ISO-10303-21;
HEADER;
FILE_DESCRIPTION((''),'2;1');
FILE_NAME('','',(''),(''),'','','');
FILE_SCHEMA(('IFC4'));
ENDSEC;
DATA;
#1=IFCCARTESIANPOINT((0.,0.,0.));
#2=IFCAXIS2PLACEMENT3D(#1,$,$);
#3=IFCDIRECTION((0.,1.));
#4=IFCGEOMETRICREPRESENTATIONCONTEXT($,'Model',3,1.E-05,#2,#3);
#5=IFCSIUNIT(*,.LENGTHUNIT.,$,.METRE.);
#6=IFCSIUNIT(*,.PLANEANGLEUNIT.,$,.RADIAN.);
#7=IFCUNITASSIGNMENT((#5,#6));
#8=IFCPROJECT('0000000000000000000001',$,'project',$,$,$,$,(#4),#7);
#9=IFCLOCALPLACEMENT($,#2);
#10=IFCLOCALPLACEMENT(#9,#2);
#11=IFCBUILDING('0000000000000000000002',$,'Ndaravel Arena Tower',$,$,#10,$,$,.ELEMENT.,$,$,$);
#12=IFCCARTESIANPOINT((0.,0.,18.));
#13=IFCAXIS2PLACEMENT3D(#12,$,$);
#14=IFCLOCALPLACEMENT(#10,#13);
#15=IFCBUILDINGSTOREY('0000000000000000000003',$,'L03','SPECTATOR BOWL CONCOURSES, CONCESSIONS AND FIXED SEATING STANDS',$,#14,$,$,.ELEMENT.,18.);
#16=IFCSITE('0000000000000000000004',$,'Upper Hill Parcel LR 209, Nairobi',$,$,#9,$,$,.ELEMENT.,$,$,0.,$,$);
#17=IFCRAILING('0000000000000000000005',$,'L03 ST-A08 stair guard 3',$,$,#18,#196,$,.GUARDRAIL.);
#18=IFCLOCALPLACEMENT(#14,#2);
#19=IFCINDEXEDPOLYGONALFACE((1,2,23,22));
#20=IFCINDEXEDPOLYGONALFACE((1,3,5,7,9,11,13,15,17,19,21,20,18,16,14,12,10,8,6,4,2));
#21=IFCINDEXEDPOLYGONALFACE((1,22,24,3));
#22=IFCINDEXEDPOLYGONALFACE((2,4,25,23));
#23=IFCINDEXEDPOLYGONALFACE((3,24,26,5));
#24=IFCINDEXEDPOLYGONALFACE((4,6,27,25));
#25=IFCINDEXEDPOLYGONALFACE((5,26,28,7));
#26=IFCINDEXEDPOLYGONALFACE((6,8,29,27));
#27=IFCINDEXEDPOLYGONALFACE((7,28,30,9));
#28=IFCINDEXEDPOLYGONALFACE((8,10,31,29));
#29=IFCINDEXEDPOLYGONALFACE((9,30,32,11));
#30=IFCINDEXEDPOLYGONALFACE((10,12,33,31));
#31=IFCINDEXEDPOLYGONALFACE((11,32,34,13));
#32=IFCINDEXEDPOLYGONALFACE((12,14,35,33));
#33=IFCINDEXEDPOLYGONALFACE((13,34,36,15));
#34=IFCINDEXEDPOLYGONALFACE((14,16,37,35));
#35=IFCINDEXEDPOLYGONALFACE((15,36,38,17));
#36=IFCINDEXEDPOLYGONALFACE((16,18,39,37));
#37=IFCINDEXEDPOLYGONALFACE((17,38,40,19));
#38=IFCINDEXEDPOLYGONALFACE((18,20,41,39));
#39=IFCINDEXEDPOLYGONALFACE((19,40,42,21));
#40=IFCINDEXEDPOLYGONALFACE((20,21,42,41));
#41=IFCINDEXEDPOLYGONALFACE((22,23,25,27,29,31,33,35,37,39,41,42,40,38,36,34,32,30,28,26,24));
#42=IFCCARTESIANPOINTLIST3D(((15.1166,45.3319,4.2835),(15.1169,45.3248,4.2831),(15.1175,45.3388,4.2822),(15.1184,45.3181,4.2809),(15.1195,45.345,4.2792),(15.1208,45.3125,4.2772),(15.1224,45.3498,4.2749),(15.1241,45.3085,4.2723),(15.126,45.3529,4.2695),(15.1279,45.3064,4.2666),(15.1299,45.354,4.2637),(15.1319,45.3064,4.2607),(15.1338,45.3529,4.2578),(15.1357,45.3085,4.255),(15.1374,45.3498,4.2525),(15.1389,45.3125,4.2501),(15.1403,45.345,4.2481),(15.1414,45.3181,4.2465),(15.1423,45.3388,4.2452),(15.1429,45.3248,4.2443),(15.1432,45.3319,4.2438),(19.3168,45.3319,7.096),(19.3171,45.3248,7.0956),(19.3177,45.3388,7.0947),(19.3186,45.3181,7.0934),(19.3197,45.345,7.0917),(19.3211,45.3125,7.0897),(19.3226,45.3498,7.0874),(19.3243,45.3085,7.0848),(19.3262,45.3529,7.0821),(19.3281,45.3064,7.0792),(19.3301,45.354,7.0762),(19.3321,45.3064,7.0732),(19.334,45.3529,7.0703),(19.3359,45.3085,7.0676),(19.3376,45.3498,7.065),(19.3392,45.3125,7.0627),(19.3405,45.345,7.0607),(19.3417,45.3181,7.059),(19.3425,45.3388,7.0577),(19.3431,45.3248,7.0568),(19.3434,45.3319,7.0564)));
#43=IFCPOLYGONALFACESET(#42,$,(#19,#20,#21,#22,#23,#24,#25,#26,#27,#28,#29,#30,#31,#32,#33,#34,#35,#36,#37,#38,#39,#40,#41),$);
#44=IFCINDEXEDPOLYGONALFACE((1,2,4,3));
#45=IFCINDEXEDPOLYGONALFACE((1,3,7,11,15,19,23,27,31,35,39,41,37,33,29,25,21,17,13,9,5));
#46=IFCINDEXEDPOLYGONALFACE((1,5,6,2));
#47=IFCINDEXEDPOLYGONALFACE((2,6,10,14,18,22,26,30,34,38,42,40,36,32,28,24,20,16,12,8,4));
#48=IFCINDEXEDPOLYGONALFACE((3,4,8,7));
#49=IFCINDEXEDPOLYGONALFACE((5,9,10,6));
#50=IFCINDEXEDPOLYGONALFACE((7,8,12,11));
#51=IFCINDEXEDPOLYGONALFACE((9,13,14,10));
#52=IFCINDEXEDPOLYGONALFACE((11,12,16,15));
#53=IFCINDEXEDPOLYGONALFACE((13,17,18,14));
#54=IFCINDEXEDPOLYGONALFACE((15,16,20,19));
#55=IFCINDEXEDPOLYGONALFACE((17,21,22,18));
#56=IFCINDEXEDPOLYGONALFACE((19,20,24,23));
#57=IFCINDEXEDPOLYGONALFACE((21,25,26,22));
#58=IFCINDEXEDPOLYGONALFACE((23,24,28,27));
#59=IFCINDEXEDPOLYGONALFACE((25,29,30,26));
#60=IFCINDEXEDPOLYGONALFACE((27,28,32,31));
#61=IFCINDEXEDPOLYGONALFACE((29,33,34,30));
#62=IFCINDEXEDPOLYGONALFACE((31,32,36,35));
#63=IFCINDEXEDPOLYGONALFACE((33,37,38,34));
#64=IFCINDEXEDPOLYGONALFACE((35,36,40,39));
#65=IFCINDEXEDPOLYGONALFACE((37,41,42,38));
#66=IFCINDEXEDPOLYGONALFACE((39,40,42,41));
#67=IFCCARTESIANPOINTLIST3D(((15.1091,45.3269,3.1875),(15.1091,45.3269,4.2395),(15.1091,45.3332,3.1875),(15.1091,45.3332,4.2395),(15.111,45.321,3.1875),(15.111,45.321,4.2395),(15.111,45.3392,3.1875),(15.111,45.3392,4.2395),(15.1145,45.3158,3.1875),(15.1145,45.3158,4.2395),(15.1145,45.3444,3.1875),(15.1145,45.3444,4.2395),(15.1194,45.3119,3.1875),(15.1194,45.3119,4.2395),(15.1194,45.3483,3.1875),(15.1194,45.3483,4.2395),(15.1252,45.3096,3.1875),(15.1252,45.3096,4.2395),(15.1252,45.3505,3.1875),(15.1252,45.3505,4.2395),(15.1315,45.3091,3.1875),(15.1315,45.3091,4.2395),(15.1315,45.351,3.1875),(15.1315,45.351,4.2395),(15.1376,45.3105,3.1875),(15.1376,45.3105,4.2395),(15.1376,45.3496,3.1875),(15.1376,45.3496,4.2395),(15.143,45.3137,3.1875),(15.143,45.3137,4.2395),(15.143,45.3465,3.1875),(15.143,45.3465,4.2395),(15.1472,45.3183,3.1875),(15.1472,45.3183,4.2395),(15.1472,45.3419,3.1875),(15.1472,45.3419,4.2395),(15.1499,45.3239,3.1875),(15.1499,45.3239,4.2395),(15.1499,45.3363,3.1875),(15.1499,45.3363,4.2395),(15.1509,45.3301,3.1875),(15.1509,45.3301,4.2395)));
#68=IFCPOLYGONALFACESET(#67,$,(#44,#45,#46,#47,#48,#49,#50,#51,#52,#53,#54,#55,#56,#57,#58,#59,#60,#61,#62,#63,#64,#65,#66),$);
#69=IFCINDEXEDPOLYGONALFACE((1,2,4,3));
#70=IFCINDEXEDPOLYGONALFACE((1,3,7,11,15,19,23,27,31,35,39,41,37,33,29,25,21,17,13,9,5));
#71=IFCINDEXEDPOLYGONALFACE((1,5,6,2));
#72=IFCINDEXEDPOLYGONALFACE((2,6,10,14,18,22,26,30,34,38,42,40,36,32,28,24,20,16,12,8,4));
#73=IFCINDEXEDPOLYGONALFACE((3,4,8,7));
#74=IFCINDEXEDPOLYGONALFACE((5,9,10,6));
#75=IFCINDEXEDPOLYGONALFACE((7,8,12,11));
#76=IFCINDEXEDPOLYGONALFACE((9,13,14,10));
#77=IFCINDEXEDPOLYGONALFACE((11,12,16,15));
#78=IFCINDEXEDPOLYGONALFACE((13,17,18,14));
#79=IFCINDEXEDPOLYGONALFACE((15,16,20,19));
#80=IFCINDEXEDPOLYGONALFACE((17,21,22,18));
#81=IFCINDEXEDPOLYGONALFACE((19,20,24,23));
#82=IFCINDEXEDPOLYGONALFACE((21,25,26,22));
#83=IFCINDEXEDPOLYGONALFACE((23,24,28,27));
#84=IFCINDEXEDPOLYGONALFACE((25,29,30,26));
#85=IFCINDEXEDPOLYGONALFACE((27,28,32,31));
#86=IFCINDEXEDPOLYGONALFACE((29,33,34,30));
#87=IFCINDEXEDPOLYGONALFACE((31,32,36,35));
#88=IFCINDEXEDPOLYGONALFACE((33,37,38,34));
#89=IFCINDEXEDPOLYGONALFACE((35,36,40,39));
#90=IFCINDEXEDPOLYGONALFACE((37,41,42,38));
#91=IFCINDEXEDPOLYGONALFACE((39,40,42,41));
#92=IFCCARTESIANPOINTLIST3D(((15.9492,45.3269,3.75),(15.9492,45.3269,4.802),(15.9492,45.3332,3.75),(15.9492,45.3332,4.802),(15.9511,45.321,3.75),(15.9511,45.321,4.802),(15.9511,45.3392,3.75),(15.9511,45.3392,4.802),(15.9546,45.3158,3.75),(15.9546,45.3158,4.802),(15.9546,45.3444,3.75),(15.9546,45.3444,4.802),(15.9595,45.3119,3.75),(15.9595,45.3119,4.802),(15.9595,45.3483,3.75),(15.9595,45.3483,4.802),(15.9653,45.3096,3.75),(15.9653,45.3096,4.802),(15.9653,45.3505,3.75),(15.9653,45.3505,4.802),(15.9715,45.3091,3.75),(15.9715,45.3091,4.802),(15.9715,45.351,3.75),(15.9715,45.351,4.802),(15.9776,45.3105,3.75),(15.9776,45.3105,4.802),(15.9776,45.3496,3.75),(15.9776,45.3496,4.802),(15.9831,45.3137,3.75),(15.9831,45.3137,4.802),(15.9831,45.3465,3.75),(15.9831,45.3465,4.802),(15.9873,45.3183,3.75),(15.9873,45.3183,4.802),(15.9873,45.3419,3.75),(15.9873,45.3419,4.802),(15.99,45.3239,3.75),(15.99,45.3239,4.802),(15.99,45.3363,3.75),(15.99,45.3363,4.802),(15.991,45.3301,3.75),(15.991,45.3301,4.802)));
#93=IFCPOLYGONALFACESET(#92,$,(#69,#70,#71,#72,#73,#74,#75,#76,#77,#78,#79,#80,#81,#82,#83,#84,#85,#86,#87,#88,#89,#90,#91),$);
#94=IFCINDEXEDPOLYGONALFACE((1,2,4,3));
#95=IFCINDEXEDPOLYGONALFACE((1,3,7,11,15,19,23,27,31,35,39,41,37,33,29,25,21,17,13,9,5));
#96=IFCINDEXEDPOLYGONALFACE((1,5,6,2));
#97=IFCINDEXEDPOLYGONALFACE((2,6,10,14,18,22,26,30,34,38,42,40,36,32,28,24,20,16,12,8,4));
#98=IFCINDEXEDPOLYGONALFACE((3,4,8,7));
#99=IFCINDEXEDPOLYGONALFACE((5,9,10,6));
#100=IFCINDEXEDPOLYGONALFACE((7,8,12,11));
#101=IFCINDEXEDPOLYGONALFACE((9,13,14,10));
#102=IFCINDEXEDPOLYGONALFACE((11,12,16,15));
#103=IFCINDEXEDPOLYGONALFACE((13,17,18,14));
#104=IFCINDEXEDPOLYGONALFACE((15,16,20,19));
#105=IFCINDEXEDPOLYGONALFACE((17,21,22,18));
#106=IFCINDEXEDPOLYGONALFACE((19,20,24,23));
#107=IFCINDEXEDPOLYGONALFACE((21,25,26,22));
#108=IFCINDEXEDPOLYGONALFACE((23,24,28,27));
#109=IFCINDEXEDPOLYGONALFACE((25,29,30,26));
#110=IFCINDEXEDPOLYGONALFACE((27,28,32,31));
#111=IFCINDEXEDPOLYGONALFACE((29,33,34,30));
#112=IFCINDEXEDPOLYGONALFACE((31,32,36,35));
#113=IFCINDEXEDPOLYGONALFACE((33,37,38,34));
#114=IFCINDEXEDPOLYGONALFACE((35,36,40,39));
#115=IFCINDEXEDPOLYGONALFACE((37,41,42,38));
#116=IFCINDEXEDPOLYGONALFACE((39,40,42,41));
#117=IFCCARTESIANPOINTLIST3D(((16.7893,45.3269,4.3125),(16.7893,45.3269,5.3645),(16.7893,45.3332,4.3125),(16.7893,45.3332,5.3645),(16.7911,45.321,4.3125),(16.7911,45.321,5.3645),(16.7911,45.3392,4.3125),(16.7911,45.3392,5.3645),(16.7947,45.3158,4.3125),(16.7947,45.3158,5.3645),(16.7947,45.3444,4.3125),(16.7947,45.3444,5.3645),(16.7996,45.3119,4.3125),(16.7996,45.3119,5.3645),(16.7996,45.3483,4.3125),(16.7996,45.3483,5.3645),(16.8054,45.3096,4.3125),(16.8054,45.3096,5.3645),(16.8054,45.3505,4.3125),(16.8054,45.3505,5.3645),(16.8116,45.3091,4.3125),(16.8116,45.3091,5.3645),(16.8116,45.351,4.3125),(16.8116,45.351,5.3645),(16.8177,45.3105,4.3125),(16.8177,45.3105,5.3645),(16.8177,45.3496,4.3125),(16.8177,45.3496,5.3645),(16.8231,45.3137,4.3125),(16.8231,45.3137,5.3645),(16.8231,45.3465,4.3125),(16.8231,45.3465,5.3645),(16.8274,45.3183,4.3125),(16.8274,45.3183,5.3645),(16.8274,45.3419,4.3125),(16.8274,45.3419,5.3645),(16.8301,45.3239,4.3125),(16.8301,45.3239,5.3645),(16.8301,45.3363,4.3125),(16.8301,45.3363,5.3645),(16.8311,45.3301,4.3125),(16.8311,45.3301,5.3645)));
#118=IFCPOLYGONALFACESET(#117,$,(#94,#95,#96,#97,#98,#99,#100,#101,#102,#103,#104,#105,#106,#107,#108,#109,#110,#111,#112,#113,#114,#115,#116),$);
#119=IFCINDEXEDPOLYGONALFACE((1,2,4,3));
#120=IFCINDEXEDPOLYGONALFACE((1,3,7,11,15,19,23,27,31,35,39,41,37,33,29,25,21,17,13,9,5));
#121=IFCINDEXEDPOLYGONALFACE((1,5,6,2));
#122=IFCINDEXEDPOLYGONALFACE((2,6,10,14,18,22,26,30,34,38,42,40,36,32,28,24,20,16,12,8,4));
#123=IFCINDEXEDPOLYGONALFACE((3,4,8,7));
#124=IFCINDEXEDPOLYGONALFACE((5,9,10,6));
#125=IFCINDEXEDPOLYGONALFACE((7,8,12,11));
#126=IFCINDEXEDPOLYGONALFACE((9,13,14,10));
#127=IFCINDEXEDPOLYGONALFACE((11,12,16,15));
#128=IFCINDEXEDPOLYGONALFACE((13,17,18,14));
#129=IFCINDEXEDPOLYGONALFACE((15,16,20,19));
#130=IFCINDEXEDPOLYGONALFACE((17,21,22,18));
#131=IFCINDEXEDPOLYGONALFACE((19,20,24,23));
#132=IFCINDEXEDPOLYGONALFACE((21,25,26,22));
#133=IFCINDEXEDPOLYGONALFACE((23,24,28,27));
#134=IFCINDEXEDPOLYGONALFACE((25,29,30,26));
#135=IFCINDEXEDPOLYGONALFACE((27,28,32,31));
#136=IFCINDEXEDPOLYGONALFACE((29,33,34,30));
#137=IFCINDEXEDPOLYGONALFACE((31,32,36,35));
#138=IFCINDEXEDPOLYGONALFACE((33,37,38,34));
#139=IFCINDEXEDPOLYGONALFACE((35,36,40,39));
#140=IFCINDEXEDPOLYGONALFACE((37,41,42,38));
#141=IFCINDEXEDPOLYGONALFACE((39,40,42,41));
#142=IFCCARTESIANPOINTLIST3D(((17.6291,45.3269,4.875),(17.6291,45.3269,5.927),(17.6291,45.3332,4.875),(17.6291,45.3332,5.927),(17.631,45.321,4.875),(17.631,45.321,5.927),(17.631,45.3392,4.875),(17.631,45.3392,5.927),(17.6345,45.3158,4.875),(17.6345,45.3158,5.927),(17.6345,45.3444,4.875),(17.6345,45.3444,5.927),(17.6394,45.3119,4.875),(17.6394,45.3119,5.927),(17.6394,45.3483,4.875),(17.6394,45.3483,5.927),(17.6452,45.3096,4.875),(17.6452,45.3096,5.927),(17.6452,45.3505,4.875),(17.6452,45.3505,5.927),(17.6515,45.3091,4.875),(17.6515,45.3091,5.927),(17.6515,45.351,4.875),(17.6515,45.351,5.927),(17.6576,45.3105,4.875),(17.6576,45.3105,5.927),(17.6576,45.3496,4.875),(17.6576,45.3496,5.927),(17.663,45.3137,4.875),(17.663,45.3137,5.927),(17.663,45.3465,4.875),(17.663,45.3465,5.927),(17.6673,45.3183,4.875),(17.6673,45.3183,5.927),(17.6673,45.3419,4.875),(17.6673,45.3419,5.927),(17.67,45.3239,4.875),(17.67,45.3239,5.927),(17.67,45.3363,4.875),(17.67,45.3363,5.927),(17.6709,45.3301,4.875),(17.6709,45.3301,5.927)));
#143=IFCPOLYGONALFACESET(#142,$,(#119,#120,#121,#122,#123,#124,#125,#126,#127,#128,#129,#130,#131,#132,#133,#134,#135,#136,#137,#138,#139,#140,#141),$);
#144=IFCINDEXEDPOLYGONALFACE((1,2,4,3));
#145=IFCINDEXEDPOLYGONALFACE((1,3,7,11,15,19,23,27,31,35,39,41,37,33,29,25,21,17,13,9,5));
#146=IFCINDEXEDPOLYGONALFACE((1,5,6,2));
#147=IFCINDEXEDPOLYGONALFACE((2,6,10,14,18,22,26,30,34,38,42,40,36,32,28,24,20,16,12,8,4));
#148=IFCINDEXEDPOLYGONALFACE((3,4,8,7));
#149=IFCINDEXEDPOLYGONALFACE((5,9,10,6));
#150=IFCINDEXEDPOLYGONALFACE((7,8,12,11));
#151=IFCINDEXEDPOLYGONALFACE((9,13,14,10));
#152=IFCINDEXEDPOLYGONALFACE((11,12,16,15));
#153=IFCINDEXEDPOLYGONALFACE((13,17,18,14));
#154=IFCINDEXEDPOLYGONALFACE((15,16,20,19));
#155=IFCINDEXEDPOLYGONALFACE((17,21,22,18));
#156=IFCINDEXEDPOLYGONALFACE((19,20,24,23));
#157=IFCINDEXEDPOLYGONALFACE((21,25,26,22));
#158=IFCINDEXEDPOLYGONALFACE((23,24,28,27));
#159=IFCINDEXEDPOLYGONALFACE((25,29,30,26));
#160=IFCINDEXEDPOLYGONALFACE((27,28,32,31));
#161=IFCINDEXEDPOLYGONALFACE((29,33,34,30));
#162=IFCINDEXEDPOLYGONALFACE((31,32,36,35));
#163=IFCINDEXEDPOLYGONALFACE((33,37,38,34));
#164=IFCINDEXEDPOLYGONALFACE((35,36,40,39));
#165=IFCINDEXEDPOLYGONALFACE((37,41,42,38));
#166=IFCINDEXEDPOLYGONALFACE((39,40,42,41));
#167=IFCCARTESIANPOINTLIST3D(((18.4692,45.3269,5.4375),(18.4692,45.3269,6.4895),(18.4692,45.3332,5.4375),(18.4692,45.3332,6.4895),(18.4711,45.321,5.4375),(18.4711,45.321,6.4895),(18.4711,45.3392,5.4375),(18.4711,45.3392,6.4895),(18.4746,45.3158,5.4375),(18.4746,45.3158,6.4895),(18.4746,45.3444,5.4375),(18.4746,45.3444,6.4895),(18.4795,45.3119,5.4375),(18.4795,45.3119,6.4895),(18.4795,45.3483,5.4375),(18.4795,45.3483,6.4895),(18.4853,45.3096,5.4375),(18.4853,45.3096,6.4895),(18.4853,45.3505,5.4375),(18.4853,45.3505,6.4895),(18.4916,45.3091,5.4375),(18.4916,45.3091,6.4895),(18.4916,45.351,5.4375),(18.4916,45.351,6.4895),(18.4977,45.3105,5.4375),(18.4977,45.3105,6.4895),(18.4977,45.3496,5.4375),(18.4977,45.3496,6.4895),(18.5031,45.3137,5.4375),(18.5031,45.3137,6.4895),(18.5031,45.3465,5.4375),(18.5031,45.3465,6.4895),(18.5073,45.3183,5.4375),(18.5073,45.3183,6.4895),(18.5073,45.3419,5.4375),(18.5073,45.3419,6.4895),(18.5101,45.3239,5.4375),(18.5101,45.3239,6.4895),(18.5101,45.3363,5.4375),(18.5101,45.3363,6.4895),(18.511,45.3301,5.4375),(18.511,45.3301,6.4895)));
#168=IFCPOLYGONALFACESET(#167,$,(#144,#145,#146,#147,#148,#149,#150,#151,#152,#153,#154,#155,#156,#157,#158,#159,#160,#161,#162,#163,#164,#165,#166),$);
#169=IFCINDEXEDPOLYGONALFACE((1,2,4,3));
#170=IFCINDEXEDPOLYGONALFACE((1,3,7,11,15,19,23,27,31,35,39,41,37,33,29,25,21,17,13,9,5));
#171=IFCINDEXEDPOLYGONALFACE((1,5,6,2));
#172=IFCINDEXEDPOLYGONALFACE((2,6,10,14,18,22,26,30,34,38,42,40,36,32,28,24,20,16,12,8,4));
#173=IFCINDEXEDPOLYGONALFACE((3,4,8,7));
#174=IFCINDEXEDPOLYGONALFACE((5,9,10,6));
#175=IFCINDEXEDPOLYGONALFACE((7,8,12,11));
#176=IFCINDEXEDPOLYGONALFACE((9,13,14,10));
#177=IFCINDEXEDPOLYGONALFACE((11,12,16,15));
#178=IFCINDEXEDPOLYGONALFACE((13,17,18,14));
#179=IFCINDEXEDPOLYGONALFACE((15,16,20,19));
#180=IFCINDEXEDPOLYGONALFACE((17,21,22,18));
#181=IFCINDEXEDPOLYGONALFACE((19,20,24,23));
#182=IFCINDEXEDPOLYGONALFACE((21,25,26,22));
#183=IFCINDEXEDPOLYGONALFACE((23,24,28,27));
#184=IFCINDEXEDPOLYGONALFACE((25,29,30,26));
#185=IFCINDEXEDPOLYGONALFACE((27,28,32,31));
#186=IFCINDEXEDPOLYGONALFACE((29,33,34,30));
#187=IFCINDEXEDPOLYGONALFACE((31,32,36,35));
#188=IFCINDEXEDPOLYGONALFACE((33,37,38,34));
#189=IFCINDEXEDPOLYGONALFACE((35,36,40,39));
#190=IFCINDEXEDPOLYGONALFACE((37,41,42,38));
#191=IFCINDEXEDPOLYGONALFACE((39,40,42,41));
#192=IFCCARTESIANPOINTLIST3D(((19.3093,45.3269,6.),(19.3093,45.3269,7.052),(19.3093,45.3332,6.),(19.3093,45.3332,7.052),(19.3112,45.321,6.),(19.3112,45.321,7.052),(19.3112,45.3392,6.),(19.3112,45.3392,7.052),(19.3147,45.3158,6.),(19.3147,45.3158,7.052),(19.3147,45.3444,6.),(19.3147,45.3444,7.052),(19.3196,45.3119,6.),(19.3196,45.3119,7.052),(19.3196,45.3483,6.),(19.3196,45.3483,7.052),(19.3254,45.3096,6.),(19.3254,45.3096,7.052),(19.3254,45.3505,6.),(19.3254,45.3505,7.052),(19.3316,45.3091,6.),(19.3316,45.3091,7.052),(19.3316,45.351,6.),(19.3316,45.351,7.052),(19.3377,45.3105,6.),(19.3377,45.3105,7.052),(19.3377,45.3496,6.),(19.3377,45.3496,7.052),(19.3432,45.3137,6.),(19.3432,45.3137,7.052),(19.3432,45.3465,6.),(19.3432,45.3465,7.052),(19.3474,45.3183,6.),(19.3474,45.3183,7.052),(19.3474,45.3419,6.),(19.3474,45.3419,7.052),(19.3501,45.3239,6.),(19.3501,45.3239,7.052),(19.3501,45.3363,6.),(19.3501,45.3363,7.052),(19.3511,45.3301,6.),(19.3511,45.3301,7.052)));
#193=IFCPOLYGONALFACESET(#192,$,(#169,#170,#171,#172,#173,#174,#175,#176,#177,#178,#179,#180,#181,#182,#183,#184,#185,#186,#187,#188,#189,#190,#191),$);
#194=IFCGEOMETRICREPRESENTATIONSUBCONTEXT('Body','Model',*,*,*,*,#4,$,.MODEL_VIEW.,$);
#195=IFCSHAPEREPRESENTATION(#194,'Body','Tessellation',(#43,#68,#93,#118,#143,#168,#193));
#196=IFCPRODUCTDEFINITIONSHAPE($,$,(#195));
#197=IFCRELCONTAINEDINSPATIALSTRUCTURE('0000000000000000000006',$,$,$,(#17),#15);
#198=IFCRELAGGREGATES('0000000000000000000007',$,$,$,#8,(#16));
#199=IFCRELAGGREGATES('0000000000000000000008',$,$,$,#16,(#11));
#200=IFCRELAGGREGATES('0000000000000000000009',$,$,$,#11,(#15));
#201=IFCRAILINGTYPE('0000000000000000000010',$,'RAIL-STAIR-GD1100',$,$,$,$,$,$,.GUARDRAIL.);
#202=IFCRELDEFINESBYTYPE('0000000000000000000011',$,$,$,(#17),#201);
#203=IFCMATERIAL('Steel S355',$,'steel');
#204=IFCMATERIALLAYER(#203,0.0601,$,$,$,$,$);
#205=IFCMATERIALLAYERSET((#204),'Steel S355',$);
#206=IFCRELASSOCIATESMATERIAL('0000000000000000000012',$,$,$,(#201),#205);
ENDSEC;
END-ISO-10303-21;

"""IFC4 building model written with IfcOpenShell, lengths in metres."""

from ifc_helpers import new_model, si_unit, direction, frame, origin, origin_2d, place, context, subcontext, project, spatial, circle, extrude, material, layer, layer_set, type_object, element, save


model = new_model("IFC4")

# Units and contexts
model_context = context("Model", 3, precision=1e-05, world=origin(), true_north=direction((0.0, 1.0)))
body_context = subcontext(model_context, "Body", "Model", "MODEL_VIEW")
ifc_project = project(units=[si_unit("LENGTHUNIT", "METRE"), si_unit("PLANEANGLEUNIT", "RADIAN")], contexts=[model_context])

# Site, building, storey
site_placement = place(None, origin())
site = spatial("IfcSite", under=ifc_project, at=site_placement, Name="Upper Hill Parcel LR 209, Nairobi", CompositionType="ELEMENT", RefElevation=0.0)
building_placement = place(site_placement, origin())
building = spatial("IfcBuilding", under=site, at=building_placement, Name="Ndaravel Arena Tower", CompositionType="ELEMENT")
storey_placement = place(building_placement, frame((0.0, 0.0, 18.0)))
storey = spatial("IfcBuildingStorey", under=building, at=storey_placement, Name="L03", Description="SPECTATOR BOWL CONCOURSES, CONCESSIONS AND FIXED SEATING STANDS", CompositionType="ELEMENT", Elevation=18.0)

# Railing
ifc_material_1 = material(Name="Steel S355", Category="steel")
ifc_layer_1 = layer(ifc_material_1, 0.0601)
ifc_layer_set_1 = layer_set([ifc_layer_1], Name="Steel S355")
railing_type_1 = type_object("IfcRailingType", Name="RAIL-STAIR-GD1100", PredefinedType="GUARDRAIL", material=ifc_layer_set_1)
railing_1_placement = place(storey_placement, frame((15.1299, 45.3301, 3.1875)))
element("IfcRailing", 1, at=railing_1_placement, inside=storey, type_object=railing_type_1, Name="L03 ST-A08 stair guard 3", PredefinedType="GUARDRAIL", context=body_context, shape_type="SweptSolid", body=[
    extrude(circle(Radius=0.0239, at=origin_2d()), frame((0.0, 0.0, 1.0762), z_axis=(0.830919, 0.0, 0.556393), x_axis=(0.0, 1.0, 0.0)), (0.0, 0.0, 1.0), 5.0549),
    extrude(circle(Radius=0.021, at=origin_2d()), origin(), (0.0, 0.0, 1.0), 1.052),
    extrude(circle(Radius=0.021, at=origin_2d()), frame((0.8401, 0.0, 0.5625)), (0.0, 0.0, 1.0), 1.052),
    extrude(circle(Radius=0.021, at=origin_2d()), frame((1.6802, 0.0, 1.125)), (0.0, 0.0, 1.0), 1.052),
    extrude(circle(Radius=0.021, at=origin_2d()), frame((2.52, 0.0, 1.6875)), (0.0, 0.0, 1.0), 1.052),
    extrude(circle(Radius=0.021, at=origin_2d()), frame((3.3601, 0.0, 2.25)), (0.0, 0.0, 1.0), 1.052),
    extrude(circle(Radius=0.021, at=origin_2d()), frame((4.2002, 0.0, 2.8125)), (0.0, 0.0, 1.0), 1.052),
])

save(model, "model.ifc")
